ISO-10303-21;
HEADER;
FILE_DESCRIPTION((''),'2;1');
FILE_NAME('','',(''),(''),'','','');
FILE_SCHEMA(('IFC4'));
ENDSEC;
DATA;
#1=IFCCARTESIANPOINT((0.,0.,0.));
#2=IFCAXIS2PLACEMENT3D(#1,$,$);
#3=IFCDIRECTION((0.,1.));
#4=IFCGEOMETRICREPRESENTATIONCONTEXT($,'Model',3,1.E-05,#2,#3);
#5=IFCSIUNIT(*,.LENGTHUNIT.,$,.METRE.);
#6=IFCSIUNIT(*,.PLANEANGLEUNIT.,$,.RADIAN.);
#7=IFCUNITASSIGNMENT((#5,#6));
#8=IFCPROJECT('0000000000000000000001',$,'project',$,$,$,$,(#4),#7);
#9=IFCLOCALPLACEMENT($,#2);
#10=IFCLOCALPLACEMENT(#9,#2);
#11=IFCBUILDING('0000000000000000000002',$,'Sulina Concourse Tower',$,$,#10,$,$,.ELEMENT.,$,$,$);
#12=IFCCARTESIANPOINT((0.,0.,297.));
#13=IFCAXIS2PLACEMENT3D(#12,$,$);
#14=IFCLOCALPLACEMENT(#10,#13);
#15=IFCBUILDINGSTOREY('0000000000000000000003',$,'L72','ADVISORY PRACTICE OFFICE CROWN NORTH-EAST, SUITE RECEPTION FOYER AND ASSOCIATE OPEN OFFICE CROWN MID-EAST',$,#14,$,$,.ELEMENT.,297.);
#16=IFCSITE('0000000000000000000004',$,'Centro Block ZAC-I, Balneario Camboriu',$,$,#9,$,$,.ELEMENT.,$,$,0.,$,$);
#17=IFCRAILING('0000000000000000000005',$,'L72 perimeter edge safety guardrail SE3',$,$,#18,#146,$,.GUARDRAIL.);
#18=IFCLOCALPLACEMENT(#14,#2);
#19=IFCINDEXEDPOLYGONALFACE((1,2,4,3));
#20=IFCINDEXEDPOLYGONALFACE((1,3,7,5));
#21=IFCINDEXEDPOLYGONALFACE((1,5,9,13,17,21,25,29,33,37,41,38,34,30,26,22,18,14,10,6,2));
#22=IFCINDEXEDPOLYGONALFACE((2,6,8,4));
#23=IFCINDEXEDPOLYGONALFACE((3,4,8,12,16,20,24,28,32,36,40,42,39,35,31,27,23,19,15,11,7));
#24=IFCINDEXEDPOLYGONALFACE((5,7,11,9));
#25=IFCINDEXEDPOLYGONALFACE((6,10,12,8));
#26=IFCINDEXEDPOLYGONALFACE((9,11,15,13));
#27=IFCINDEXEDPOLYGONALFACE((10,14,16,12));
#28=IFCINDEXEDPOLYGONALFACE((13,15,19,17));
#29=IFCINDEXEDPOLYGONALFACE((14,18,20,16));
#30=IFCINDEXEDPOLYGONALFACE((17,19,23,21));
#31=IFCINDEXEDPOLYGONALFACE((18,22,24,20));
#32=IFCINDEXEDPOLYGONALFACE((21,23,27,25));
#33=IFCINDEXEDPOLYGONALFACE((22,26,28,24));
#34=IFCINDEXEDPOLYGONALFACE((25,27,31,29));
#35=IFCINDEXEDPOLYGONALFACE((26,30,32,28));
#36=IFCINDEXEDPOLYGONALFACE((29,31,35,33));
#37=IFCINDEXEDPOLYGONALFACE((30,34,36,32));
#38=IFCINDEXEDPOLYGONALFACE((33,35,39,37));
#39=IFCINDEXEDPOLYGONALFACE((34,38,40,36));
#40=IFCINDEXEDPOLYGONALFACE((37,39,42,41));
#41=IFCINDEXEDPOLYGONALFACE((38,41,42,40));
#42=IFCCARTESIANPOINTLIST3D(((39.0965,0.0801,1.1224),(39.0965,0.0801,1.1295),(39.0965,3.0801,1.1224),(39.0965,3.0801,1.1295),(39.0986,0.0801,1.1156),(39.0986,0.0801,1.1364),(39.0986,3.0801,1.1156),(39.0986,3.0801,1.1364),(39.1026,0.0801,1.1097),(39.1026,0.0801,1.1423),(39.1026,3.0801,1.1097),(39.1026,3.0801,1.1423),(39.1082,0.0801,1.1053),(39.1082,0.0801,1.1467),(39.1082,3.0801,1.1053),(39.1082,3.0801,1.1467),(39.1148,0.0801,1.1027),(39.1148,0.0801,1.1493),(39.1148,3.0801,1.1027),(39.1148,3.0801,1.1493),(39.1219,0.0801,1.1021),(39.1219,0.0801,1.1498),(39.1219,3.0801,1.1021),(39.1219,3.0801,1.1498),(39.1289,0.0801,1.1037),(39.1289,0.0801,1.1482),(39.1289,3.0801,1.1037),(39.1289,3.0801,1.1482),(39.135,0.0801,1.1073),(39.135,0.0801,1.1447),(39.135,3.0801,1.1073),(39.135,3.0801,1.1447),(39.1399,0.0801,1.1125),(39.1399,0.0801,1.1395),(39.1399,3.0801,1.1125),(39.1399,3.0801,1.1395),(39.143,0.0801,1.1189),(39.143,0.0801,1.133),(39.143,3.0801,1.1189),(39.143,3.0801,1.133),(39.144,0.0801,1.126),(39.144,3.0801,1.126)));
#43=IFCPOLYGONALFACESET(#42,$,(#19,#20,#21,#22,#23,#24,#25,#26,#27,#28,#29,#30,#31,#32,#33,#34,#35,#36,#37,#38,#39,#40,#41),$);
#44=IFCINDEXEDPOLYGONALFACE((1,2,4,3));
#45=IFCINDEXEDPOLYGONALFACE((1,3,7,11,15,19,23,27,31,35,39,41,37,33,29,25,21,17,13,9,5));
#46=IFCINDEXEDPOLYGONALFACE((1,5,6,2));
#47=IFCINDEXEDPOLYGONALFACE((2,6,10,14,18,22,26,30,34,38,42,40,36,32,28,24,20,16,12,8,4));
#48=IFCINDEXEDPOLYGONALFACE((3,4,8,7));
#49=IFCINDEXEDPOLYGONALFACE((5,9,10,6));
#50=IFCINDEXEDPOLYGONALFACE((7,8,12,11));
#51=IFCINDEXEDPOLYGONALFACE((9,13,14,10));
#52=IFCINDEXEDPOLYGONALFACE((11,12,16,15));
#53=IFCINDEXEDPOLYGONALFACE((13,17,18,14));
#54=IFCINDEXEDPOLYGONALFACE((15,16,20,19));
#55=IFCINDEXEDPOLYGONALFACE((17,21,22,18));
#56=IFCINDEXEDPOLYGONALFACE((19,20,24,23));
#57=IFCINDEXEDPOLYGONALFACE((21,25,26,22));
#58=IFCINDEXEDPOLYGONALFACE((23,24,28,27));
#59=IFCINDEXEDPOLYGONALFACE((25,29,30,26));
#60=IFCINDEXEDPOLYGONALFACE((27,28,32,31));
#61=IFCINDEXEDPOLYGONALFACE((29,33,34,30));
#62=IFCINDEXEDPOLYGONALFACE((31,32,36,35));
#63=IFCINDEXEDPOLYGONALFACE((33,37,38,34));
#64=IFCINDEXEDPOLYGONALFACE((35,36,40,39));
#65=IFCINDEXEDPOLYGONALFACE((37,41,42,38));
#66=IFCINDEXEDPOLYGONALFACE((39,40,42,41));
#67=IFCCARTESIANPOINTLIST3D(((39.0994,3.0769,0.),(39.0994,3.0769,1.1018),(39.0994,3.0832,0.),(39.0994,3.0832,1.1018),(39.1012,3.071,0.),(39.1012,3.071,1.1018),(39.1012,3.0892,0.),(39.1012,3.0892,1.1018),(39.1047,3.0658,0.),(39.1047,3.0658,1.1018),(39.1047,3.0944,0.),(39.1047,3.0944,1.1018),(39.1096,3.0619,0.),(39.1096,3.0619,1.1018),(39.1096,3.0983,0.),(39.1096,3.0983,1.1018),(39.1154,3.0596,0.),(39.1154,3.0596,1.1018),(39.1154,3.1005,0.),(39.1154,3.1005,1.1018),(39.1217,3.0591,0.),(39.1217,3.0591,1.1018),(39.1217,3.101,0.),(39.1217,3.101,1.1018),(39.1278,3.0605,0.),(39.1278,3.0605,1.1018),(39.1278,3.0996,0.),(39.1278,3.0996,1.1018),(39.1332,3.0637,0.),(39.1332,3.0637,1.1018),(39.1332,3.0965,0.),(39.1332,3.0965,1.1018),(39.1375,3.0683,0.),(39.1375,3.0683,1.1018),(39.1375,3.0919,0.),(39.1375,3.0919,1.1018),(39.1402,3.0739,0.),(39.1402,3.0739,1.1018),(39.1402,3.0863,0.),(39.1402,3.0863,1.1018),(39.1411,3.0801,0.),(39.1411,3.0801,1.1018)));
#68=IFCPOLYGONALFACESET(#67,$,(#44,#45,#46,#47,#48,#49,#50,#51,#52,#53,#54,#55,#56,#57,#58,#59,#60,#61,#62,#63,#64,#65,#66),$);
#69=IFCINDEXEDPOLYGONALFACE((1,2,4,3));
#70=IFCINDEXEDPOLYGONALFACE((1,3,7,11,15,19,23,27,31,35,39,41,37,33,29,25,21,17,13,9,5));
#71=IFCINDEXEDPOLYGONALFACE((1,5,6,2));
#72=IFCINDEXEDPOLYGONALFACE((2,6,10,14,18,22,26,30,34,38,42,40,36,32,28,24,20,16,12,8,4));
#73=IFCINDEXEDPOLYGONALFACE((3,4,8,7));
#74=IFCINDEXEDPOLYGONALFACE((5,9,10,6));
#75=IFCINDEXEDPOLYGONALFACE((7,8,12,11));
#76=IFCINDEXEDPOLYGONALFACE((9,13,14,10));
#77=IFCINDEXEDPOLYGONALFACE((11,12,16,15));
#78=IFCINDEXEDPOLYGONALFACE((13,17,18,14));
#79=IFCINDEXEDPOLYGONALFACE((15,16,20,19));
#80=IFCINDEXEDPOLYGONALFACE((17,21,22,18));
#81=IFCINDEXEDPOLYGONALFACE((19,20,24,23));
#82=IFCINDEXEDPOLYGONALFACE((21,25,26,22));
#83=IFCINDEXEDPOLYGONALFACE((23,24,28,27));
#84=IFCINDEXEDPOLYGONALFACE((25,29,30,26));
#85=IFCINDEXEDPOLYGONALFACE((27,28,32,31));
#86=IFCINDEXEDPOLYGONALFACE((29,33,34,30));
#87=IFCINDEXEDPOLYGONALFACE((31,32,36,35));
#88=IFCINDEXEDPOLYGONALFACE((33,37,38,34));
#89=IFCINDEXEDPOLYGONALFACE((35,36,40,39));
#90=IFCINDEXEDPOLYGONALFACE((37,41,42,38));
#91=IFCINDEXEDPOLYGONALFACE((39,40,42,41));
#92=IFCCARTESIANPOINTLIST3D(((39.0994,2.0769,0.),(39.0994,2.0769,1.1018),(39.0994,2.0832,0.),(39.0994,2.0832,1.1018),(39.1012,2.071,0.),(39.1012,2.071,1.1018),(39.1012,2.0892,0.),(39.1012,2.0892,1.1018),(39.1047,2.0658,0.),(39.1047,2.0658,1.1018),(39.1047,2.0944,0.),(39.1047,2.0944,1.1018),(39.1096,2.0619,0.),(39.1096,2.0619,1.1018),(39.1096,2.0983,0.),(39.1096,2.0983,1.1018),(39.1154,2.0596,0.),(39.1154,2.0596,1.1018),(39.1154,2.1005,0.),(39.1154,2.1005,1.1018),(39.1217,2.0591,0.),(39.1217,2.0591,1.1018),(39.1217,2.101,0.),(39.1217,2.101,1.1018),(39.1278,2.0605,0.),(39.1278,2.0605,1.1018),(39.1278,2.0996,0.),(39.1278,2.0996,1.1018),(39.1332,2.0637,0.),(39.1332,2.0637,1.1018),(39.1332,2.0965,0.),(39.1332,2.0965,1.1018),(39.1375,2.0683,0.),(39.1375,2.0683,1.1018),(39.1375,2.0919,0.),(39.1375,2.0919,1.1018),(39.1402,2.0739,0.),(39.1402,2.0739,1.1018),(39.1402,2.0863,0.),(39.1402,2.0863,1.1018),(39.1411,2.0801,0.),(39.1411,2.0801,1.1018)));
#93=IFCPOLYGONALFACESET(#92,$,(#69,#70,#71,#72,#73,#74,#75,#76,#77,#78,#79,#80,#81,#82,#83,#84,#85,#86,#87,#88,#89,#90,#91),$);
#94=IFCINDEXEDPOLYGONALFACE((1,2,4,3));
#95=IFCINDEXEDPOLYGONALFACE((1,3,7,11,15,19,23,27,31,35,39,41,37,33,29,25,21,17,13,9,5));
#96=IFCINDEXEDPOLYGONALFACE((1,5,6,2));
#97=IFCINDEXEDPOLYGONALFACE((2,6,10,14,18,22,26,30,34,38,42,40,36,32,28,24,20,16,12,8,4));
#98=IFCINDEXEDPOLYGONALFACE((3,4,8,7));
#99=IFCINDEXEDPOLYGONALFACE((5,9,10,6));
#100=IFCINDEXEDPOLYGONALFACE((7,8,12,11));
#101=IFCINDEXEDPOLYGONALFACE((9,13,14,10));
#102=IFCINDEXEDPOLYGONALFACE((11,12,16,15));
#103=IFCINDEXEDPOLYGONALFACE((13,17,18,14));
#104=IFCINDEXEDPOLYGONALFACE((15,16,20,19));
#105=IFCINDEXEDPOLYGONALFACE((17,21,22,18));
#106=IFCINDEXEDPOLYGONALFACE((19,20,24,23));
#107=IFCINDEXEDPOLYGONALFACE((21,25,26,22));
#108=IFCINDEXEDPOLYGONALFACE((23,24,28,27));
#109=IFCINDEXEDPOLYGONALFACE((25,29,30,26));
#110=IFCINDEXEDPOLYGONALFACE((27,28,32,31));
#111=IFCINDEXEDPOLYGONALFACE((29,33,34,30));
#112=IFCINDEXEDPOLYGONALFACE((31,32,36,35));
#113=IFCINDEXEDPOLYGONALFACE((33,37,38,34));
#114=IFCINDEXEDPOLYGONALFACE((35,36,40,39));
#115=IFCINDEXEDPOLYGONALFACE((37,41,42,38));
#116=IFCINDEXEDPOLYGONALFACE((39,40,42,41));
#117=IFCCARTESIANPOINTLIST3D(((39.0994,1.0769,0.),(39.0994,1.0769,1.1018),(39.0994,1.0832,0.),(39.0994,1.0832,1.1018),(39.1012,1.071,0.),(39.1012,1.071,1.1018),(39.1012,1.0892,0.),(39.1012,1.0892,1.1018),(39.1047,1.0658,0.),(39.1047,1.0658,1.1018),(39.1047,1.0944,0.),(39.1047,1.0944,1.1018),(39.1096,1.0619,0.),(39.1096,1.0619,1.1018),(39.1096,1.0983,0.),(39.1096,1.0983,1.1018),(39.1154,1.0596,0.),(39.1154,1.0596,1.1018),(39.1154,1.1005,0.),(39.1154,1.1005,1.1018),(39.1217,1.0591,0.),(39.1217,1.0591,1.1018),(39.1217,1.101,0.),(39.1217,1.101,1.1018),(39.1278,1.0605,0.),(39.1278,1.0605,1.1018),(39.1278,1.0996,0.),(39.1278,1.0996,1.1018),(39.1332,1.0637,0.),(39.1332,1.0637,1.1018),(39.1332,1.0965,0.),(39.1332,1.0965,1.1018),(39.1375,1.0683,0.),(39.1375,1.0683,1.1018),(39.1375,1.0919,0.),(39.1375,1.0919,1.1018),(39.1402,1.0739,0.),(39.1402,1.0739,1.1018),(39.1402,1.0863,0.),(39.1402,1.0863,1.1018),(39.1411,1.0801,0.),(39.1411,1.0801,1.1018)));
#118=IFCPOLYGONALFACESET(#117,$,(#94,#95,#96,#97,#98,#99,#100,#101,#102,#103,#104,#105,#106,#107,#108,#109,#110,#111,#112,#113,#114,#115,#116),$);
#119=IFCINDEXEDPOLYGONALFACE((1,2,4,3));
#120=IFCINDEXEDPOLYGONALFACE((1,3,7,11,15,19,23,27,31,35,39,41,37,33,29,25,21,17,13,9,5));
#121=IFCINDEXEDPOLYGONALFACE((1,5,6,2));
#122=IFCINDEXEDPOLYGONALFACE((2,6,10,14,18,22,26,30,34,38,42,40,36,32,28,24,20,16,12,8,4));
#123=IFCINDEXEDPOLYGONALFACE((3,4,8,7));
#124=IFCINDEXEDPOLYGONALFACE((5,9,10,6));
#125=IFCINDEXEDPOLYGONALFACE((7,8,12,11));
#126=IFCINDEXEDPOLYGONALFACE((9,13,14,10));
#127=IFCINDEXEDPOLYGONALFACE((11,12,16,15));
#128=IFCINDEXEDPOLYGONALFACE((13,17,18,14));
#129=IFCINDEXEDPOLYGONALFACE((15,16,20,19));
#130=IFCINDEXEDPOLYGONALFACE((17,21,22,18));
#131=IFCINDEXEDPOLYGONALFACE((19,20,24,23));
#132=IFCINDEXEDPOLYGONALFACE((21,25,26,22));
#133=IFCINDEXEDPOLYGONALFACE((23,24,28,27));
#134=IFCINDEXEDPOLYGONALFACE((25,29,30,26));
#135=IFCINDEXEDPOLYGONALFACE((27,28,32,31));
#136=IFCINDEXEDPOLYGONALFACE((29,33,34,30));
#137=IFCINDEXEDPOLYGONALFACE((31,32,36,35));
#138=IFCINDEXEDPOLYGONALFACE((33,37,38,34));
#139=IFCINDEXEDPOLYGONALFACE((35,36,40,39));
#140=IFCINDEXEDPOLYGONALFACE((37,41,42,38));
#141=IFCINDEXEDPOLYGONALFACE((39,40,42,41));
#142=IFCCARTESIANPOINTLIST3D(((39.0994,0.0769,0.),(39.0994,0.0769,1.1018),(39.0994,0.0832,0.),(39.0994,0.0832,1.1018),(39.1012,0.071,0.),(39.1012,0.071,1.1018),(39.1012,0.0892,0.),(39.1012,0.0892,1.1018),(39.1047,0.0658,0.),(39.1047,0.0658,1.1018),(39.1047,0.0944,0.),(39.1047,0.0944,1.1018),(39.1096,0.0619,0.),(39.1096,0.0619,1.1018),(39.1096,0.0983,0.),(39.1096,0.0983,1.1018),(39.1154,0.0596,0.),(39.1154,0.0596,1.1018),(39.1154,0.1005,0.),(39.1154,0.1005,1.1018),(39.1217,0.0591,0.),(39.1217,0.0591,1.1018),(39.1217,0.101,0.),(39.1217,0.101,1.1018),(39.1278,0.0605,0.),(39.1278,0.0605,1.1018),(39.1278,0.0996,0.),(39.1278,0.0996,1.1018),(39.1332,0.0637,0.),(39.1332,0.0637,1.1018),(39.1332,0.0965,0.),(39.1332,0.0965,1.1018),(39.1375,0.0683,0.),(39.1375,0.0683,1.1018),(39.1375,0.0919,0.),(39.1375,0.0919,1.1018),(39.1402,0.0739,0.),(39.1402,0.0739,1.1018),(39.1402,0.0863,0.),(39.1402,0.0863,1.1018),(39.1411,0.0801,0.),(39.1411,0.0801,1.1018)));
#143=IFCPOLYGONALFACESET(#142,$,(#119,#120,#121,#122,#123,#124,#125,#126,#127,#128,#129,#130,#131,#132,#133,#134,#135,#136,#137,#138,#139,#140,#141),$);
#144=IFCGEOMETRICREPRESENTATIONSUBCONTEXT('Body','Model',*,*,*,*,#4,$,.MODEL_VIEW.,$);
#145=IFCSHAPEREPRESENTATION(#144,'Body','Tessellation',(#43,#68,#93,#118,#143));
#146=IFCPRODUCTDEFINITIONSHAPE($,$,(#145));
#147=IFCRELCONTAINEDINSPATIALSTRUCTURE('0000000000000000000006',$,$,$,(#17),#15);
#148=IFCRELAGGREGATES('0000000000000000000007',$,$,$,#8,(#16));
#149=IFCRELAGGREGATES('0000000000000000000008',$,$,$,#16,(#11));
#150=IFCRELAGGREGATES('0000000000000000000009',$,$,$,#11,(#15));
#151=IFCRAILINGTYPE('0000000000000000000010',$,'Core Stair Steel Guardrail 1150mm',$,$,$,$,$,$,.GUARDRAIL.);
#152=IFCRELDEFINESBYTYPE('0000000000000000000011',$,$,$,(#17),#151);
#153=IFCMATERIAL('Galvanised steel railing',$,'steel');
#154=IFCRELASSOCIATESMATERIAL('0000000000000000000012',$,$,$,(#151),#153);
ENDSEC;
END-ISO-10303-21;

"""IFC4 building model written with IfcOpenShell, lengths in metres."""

from ifc_helpers import new_model, si_unit, direction, frame, origin, origin_2d, place, context, subcontext, project, spatial, circle, extrude, material, type_object, element, save


model = new_model("IFC4")

# Units and contexts
model_context = context("Model", 3, precision=1e-05, world=origin(), true_north=direction((0.0, 1.0)))
body_context = subcontext(model_context, "Body", "Model", "MODEL_VIEW")
ifc_project = project(units=[si_unit("LENGTHUNIT", "METRE"), si_unit("PLANEANGLEUNIT", "RADIAN")], contexts=[model_context])

# Site, building, storey
site_placement = place(None, origin())
site = spatial("IfcSite", under=ifc_project, at=site_placement, Name="Centro Block ZAC-I, Balneario Camboriu", CompositionType="ELEMENT", RefElevation=0.0)
building_placement = place(site_placement, origin())
building = spatial("IfcBuilding", under=site, at=building_placement, Name="Sulina Concourse Tower", CompositionType="ELEMENT")
storey_placement = place(building_placement, frame((0.0, 0.0, 297.0)))
storey = spatial("IfcBuildingStorey", under=building, at=storey_placement, Name="L72", Description="ADVISORY PRACTICE OFFICE CROWN NORTH-EAST, SUITE RECEPTION FOYER AND ASSOCIATE OPEN OFFICE CROWN MID-EAST", CompositionType="ELEMENT", Elevation=297.0)

# Railing
ifc_material_1 = material(Name="Galvanised steel railing", Category="steel")
railing_type_1 = type_object("IfcRailingType", Name="Core Stair Steel Guardrail 1150mm", PredefinedType="GUARDRAIL", material=ifc_material_1)
railing_1_placement = place(storey_placement, frame((39.1201, 3.0801, 0.0)))
element("IfcRailing", 1, at=railing_1_placement, inside=storey, type_object=railing_type_1, Name="L72 perimeter edge safety guardrail SE3", PredefinedType="GUARDRAIL", context=body_context, shape_type="SweptSolid", body=[
    extrude(circle(Radius=0.0239, at=origin_2d()), frame((0.0, 0.0, 1.126), z_axis=(0.0, -1.0, 0.0), x_axis=(1.0, 0.0, 0.0)), (0.0, 0.0, 1.0), 3.0),
    extrude(circle(Radius=0.021, at=origin_2d()), origin(), (0.0, 0.0, 1.0), 1.1018),
    extrude(circle(Radius=0.021, at=origin_2d()), frame((0.0, -1.0, 0.0)), (0.0, 0.0, 1.0), 1.1018),
    extrude(circle(Radius=0.021, at=origin_2d()), frame((0.0, -2.0, 0.0)), (0.0, 0.0, 1.0), 1.1018),
    extrude(circle(Radius=0.021, at=origin_2d()), frame((0.0, -3.0, 0.0)), (0.0, 0.0, 1.0), 1.1018),
])

save(model, "model.ifc")
